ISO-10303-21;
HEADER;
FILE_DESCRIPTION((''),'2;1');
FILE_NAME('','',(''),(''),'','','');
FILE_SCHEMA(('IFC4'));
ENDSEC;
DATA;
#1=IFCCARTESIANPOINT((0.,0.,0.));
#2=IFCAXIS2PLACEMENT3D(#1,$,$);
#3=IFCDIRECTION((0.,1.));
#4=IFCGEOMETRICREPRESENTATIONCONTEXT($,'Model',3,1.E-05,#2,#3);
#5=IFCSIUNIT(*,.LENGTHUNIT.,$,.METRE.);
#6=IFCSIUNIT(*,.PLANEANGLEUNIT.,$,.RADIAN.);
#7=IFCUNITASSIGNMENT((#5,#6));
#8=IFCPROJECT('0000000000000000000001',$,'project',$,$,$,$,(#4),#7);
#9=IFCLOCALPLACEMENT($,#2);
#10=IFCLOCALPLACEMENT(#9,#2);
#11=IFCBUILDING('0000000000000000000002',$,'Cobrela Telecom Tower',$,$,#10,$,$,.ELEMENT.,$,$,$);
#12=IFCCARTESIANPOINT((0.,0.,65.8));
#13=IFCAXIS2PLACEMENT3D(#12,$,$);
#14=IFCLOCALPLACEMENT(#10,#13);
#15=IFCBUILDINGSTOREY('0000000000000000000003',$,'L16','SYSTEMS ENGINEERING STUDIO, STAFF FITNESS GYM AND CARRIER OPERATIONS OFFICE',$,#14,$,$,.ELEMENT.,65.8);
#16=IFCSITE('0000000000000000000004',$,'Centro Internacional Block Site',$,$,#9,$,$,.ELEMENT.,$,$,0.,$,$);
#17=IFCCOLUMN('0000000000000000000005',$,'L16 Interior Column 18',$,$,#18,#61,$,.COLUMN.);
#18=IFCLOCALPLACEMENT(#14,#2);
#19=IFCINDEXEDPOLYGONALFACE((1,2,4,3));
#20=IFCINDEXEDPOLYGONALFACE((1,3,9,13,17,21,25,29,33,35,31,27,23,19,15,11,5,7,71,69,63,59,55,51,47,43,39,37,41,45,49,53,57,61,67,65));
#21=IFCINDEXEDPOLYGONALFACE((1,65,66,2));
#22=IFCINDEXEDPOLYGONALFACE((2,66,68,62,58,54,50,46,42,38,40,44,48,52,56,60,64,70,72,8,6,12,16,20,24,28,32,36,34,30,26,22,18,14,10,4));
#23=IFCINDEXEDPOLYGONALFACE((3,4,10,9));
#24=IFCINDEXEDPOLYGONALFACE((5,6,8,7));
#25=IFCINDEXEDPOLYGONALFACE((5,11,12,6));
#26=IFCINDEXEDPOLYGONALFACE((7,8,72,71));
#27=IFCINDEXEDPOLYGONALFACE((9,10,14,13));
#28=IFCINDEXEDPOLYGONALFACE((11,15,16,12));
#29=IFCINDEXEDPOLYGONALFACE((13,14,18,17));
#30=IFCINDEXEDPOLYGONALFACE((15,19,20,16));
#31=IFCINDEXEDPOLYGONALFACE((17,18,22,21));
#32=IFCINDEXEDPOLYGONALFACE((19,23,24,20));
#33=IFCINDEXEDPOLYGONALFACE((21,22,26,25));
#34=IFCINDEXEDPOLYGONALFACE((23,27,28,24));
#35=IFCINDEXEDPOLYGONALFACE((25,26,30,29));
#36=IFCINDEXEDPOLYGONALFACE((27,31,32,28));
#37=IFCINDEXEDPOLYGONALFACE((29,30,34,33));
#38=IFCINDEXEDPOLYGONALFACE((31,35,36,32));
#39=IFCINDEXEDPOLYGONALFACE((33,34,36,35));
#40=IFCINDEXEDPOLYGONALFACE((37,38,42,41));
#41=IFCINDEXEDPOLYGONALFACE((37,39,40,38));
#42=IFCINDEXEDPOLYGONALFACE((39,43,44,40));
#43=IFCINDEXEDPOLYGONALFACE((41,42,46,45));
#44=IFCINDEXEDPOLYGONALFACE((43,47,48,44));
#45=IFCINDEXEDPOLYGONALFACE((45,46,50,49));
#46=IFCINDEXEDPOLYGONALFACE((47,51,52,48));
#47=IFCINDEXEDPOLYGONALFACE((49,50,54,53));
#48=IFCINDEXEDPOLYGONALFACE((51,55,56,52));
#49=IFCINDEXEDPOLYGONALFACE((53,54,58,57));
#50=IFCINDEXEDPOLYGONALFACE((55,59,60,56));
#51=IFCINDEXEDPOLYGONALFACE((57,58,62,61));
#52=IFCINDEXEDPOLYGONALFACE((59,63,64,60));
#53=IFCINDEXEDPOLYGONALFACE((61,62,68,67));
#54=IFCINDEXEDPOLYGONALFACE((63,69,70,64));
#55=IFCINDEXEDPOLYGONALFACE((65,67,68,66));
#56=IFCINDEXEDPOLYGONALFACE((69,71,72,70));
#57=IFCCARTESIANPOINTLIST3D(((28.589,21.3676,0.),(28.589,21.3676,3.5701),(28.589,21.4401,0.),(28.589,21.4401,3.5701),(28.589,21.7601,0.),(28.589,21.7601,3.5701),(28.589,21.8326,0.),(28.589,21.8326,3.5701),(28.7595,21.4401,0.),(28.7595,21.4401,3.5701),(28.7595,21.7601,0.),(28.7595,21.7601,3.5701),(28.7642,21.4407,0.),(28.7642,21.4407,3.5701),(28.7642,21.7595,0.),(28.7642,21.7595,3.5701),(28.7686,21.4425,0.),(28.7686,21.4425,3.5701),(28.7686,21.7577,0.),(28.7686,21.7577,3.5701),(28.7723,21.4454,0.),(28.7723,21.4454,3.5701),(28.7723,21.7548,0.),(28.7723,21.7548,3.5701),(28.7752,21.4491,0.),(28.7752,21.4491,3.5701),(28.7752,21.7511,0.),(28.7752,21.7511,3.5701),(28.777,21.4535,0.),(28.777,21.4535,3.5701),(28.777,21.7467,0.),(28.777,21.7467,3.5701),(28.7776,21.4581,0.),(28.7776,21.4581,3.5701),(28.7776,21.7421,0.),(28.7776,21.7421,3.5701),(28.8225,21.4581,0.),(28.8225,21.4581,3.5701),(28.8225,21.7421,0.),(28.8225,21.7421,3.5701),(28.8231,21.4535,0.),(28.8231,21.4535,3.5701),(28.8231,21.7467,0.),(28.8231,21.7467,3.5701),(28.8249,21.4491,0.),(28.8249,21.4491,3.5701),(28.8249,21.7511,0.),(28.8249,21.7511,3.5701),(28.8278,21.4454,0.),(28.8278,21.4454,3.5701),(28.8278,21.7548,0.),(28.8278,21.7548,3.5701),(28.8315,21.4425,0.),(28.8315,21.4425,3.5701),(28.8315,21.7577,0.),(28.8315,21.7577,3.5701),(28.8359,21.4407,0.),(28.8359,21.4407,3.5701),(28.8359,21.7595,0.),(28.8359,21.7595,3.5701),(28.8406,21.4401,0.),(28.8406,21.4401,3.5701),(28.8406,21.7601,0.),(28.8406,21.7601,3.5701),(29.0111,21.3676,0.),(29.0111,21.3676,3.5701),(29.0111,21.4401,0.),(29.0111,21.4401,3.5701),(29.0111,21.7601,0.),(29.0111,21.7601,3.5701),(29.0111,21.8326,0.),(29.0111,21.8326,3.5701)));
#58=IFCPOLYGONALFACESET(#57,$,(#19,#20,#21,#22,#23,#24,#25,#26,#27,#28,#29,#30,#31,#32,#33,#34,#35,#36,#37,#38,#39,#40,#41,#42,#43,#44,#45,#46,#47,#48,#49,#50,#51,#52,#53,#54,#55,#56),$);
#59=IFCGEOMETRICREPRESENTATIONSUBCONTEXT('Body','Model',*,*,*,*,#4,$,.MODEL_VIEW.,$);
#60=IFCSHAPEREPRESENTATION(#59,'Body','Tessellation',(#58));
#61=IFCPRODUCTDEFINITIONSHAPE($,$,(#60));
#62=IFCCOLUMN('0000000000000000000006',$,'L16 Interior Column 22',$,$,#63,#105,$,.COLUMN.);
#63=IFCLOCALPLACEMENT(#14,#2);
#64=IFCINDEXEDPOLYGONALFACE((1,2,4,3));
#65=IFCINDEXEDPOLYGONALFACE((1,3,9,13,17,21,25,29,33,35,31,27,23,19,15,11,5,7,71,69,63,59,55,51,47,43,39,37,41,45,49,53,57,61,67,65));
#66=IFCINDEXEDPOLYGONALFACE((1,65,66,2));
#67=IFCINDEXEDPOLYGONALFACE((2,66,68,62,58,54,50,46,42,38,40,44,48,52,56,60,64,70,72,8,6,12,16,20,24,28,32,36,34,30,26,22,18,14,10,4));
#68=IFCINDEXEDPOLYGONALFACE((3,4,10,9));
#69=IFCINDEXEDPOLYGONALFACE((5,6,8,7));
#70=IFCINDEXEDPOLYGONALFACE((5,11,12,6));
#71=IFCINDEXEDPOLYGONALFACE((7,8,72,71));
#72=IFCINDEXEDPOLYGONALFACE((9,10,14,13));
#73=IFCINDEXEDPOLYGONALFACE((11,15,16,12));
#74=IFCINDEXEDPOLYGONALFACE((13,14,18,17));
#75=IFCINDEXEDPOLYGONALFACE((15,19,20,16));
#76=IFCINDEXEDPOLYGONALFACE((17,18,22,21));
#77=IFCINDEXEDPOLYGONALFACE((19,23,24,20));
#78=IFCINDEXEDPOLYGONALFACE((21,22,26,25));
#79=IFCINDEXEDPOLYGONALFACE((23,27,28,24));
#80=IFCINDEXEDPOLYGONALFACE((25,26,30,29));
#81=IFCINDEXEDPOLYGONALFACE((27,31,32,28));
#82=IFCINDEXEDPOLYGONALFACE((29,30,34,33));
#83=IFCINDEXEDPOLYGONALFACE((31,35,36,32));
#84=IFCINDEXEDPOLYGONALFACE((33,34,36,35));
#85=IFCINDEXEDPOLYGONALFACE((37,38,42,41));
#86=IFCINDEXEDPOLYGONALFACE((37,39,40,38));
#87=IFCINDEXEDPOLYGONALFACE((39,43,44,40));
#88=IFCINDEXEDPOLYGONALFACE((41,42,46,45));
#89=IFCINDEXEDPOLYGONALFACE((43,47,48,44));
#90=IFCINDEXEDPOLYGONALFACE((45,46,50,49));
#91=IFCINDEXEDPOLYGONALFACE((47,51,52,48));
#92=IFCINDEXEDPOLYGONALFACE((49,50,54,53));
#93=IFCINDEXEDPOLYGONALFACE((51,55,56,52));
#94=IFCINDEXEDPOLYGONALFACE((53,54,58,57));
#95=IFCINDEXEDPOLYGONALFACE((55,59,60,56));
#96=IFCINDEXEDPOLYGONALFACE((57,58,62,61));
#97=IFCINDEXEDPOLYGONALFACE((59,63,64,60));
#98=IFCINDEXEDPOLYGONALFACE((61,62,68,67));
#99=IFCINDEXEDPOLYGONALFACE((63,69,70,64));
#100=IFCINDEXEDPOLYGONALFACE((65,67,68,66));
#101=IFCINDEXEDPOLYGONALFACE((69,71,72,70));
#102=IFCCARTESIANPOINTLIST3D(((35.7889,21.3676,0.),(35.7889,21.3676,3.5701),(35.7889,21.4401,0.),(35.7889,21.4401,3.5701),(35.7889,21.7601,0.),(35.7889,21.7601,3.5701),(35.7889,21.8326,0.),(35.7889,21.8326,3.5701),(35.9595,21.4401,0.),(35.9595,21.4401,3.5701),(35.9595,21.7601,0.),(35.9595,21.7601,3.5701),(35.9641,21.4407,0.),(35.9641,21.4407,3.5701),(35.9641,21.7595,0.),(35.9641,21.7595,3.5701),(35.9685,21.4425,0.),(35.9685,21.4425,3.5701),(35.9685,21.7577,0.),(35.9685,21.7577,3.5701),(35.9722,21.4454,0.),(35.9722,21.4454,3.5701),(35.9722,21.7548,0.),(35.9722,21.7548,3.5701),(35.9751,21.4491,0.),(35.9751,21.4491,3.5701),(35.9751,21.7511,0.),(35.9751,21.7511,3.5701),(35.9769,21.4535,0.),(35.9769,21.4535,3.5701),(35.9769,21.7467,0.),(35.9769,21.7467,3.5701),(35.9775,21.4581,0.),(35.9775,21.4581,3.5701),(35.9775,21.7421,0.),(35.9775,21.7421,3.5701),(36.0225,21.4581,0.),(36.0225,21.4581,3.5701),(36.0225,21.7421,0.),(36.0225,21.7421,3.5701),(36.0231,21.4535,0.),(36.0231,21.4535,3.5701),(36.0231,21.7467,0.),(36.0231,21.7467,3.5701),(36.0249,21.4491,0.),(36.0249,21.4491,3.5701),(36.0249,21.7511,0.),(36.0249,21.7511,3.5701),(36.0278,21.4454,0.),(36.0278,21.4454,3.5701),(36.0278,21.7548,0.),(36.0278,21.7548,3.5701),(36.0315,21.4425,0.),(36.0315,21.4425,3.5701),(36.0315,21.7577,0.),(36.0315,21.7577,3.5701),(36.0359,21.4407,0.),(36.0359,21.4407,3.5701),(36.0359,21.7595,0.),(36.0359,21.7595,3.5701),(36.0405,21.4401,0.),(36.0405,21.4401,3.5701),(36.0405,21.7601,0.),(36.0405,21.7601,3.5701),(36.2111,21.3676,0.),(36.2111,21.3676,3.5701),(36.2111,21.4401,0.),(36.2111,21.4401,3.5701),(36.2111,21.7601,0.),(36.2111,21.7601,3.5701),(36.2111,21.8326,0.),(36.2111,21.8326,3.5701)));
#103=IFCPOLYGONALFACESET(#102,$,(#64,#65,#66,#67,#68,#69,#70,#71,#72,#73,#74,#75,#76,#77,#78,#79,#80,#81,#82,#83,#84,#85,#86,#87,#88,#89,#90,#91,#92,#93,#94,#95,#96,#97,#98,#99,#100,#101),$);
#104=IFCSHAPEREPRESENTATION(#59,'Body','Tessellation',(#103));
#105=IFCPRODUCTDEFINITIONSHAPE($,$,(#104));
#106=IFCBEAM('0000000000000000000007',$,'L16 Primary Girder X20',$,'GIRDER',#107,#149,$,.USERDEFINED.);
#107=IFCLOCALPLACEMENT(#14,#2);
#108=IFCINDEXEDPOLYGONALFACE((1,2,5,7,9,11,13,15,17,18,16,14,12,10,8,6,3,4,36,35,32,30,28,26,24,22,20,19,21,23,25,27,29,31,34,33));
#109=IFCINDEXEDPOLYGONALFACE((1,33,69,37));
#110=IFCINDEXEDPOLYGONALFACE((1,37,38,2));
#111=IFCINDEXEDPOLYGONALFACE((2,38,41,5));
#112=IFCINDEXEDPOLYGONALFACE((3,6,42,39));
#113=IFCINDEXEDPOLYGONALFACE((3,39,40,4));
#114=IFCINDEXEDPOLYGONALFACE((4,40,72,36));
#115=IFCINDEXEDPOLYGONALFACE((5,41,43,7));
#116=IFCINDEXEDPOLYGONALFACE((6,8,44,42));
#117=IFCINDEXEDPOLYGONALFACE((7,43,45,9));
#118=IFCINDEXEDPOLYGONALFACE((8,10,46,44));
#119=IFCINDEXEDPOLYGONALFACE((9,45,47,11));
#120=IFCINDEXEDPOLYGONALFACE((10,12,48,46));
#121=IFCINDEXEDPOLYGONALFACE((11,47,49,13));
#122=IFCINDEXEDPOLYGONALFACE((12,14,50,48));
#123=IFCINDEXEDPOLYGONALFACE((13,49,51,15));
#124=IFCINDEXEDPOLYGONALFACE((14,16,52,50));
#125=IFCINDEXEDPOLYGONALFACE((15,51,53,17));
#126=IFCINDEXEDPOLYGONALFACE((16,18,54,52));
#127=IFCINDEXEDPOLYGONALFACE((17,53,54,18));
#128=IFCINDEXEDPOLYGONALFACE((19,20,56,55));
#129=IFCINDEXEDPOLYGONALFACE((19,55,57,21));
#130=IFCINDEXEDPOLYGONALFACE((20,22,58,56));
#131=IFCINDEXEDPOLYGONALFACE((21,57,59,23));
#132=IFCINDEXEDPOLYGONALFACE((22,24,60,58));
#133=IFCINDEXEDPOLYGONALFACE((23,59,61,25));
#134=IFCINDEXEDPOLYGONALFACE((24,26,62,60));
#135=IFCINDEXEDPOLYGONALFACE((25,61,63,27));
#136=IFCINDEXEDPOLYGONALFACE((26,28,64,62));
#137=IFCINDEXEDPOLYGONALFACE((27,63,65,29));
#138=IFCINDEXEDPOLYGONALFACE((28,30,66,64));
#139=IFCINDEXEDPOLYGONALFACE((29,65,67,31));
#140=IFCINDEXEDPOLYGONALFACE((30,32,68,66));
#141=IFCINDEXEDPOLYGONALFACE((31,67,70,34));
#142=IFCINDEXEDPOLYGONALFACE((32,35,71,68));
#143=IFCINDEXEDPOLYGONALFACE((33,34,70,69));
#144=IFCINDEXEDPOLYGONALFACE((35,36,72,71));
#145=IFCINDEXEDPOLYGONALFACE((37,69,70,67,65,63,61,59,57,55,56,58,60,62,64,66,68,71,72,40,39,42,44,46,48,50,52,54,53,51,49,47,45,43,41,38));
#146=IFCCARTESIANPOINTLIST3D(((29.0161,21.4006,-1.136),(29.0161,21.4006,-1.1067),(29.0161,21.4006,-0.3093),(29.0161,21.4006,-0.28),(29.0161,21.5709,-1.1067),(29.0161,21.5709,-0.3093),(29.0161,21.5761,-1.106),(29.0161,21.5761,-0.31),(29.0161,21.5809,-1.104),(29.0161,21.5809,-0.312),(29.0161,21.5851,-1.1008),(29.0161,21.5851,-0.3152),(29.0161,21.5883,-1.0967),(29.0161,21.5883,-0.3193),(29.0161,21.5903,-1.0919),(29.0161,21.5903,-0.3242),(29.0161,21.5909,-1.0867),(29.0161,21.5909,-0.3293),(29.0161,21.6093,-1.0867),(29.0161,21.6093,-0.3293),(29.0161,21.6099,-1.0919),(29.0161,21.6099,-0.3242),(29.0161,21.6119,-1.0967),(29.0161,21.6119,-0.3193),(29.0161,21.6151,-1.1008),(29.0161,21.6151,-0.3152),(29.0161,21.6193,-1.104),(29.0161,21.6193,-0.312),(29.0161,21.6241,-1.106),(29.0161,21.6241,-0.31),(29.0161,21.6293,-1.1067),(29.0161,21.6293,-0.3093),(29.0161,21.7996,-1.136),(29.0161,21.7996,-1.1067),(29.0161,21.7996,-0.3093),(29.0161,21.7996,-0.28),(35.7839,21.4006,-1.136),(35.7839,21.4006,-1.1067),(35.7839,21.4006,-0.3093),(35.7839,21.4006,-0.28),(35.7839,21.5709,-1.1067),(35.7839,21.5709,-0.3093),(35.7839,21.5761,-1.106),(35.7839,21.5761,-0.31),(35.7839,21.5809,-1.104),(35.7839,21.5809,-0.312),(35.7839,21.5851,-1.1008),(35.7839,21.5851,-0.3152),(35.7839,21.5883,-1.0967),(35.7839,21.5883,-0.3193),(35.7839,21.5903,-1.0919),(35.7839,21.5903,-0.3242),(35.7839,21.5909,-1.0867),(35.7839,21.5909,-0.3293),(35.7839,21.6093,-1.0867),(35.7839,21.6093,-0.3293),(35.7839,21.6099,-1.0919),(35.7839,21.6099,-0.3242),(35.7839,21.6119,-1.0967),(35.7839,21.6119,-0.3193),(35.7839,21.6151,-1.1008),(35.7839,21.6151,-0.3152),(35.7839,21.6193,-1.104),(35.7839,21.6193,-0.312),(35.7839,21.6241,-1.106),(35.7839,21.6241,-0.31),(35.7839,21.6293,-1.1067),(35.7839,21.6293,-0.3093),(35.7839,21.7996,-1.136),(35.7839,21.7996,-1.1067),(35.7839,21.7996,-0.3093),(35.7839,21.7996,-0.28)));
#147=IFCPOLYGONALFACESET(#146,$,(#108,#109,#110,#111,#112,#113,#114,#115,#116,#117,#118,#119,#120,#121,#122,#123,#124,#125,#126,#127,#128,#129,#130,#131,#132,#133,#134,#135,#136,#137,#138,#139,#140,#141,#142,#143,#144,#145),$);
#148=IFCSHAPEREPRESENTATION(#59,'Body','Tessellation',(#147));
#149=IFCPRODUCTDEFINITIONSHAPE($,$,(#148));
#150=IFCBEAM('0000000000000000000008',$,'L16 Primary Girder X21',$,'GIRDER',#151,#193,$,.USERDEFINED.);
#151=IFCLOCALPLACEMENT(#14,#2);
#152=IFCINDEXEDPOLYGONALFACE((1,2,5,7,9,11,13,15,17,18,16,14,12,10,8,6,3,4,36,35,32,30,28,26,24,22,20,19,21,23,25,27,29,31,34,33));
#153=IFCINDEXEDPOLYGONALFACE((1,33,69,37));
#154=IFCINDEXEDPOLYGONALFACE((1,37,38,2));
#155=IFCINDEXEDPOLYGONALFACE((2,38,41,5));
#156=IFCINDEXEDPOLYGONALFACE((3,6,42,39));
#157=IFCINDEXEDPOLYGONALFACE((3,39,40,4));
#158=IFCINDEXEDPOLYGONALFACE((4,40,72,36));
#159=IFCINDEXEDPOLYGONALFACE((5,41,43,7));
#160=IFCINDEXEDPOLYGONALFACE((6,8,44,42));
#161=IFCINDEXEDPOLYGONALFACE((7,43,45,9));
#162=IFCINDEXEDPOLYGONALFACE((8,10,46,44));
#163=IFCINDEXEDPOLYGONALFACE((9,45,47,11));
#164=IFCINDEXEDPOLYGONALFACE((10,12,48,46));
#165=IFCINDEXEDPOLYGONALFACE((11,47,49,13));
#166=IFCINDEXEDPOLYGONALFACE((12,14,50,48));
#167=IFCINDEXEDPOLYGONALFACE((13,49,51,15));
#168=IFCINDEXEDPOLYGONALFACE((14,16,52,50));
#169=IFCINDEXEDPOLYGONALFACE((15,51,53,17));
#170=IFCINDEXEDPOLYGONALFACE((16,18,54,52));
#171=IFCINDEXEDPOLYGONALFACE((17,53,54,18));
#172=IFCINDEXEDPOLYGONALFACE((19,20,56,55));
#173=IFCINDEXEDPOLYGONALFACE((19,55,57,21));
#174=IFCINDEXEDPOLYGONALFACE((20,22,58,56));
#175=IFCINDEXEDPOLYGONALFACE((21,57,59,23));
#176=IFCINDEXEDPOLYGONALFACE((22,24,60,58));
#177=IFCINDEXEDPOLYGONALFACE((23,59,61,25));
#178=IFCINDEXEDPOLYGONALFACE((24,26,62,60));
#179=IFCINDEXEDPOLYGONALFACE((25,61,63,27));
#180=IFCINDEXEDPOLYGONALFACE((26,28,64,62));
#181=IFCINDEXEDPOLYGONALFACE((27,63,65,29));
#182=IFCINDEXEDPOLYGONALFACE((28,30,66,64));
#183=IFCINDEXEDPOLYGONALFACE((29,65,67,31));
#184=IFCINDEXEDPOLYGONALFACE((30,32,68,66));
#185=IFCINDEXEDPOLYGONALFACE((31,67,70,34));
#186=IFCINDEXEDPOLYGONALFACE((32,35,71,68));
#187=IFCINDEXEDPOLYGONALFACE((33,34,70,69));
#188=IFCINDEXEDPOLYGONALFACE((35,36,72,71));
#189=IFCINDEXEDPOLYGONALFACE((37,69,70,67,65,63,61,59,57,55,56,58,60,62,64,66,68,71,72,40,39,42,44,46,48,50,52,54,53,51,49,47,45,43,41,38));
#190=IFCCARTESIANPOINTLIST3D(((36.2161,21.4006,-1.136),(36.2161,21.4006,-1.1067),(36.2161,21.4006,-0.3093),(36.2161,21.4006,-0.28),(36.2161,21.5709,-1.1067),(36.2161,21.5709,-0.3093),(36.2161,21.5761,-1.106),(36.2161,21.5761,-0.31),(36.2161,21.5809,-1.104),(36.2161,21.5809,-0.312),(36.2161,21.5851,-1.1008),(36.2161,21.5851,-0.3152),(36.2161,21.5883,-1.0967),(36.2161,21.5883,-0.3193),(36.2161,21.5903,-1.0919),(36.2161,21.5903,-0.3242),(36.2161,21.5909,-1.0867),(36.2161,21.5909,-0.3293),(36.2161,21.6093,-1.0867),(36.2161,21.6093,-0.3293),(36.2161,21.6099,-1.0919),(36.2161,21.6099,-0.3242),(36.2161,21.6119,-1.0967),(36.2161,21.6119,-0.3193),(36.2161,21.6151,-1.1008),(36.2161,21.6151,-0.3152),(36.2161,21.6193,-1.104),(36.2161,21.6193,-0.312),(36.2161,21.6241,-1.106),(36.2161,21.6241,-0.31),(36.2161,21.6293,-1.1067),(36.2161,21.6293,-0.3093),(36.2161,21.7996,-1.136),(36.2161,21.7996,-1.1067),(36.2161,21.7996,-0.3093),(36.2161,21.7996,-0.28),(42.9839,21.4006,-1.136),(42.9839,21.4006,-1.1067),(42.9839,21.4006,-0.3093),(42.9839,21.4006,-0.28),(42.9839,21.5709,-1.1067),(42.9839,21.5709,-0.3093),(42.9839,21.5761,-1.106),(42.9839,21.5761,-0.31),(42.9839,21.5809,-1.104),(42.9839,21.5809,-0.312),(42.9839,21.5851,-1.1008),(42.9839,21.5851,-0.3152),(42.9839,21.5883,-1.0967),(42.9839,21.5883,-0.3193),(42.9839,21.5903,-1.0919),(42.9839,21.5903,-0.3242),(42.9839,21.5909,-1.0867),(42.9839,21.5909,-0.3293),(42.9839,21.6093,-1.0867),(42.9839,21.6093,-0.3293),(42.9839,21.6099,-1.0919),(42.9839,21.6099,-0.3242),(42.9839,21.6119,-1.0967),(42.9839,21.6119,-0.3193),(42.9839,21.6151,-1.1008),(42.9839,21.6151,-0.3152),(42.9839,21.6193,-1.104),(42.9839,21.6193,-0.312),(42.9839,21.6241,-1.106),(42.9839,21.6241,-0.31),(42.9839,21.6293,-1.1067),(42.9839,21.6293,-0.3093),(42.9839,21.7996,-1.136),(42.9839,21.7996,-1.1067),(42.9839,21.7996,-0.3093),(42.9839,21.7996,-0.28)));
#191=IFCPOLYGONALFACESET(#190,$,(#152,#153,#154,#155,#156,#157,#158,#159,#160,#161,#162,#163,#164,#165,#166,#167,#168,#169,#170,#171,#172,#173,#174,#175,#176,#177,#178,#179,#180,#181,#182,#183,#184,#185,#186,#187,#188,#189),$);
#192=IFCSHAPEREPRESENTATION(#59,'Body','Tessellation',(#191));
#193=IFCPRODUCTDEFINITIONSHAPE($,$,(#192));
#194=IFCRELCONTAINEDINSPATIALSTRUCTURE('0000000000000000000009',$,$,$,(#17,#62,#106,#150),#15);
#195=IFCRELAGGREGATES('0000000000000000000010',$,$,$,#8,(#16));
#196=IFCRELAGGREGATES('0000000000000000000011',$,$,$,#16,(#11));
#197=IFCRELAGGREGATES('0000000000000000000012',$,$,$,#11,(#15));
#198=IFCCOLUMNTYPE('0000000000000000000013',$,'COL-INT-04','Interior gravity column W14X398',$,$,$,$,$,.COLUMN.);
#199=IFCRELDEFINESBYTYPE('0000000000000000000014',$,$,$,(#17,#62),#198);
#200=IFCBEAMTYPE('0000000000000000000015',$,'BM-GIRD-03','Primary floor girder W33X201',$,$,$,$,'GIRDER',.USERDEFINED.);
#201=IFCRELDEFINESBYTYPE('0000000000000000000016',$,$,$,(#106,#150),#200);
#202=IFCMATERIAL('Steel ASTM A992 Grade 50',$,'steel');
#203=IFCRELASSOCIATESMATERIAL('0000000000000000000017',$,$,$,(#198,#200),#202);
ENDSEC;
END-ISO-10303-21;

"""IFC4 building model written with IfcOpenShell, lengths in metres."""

from ifc_helpers import new_model, si_unit, direction, frame, origin, origin_2d, place, context, subcontext, project, spatial, i_section, extrude, material, material_profile, profile_set, type_object, element, save


model = new_model("IFC4")

# Units and contexts
model_context = context("Model", 3, precision=1e-05, world=origin(), true_north=direction((0.0, 1.0)))
body_context = subcontext(model_context, "Body", "Model", "MODEL_VIEW")
ifc_project = project(units=[si_unit("LENGTHUNIT", "METRE"), si_unit("PLANEANGLEUNIT", "RADIAN")], contexts=[model_context])

# Site, building, storey
site_placement = place(None, origin())
site = spatial("IfcSite", under=ifc_project, at=site_placement, Name="Centro Internacional Block Site", CompositionType="ELEMENT", RefElevation=0.0)
building_placement = place(site_placement, origin())
building = spatial("IfcBuilding", under=site, at=building_placement, Name="Cobrela Telecom Tower", CompositionType="ELEMENT")
storey_placement = place(building_placement, frame((0.0, 0.0, 65.8)))
storey = spatial("IfcBuildingStorey", under=building, at=storey_placement, Name="L16", Description="SYSTEMS ENGINEERING STUDIO, STAFF FITNESS GYM AND CARRIER OPERATIONS OFFICE", CompositionType="ELEMENT", Elevation=65.8)

# Columns
ifc_material_1 = material(Name="Steel ASTM A992 Grade 50", Category="steel")
ifc_material_profile_1 = material_profile(ifc_material_1, i_section(OverallWidth=0.4221, OverallDepth=0.4651, WebThickness=0.0449, FlangeThickness=0.0725, FilletRadius=0.0181, at=origin_2d()), Name="W14X398")
ifc_profile_set_1 = profile_set([ifc_material_profile_1], Name="Steel ASTM A992 Grade 50")
column_type = type_object("IfcColumnType", Name="COL-INT-04", Description="Interior gravity column W14X398", PredefinedType="COLUMN", material=ifc_profile_set_1)
for number, where, z_axis, x_axis, name in (
    (1, (28.8, 21.6001, 0.0), (0.0, 0.0, 1.0), (1.0, 0.0, 0.0), "L16 Interior Column 18"),
    (2, (36.0, 21.6001, 0.0), (0.0, 0.0, 1.0), (1.0, 0.0, 0.0), "L16 Interior Column 22"),
):
    element("IfcColumn", number, at=place(storey_placement, frame(where, z_axis=z_axis, x_axis=x_axis)), inside=storey, type_object=column_type, Name=name, PredefinedType="COLUMN", context=body_context, shape_type="SweptSolid", body=[
        extrude(i_section(OverallWidth=0.4221, OverallDepth=0.4651, WebThickness=0.0449, FlangeThickness=0.0725, FilletRadius=0.0181, at=origin_2d()), origin(), (0.0, 0.0, 1.0), 3.5701),
    ])

# Beams
ifc_material_profile_2 = material_profile(ifc_material_1, i_section(OverallWidth=0.3989, OverallDepth=0.856, WebThickness=0.0183, FlangeThickness=0.0293, FilletRadius=0.02, at=origin_2d()), Name="W33X201")
ifc_profile_set_2 = profile_set([ifc_material_profile_2], Name="Steel ASTM A992 Grade 50")
beam_type_1 = type_object("IfcBeamType", Name="BM-GIRD-03", Description="Primary floor girder W33X201", ElementType="GIRDER", PredefinedType="USERDEFINED", material=ifc_profile_set_2)
for number, where, z_axis, x_axis, name in (
    (3, (29.0161, 21.6001, -0.708), (1.0, 0.0, 0.0), (0.0, 1.0, 0.0), "L16 Primary Girder X20"),
    (4, (36.2161, 21.6001, -0.708), (1.0, 0.0, 0.0), (0.0, 1.0, 0.0), "L16 Primary Girder X21"),
):
    element("IfcBeam", number, at=place(storey_placement, frame(where, z_axis=z_axis, x_axis=x_axis)), inside=storey, type_object=beam_type_1, Name=name, ObjectType="GIRDER", PredefinedType="USERDEFINED", context=body_context, shape_type="SweptSolid", body=[
        extrude(i_section(OverallWidth=0.3989, OverallDepth=0.856, WebThickness=0.0183, FlangeThickness=0.0293, FilletRadius=0.02, at=origin_2d()), origin(), (0.0, 0.0, 1.0), 6.7678),
    ])

save(model, "model.ifc")
